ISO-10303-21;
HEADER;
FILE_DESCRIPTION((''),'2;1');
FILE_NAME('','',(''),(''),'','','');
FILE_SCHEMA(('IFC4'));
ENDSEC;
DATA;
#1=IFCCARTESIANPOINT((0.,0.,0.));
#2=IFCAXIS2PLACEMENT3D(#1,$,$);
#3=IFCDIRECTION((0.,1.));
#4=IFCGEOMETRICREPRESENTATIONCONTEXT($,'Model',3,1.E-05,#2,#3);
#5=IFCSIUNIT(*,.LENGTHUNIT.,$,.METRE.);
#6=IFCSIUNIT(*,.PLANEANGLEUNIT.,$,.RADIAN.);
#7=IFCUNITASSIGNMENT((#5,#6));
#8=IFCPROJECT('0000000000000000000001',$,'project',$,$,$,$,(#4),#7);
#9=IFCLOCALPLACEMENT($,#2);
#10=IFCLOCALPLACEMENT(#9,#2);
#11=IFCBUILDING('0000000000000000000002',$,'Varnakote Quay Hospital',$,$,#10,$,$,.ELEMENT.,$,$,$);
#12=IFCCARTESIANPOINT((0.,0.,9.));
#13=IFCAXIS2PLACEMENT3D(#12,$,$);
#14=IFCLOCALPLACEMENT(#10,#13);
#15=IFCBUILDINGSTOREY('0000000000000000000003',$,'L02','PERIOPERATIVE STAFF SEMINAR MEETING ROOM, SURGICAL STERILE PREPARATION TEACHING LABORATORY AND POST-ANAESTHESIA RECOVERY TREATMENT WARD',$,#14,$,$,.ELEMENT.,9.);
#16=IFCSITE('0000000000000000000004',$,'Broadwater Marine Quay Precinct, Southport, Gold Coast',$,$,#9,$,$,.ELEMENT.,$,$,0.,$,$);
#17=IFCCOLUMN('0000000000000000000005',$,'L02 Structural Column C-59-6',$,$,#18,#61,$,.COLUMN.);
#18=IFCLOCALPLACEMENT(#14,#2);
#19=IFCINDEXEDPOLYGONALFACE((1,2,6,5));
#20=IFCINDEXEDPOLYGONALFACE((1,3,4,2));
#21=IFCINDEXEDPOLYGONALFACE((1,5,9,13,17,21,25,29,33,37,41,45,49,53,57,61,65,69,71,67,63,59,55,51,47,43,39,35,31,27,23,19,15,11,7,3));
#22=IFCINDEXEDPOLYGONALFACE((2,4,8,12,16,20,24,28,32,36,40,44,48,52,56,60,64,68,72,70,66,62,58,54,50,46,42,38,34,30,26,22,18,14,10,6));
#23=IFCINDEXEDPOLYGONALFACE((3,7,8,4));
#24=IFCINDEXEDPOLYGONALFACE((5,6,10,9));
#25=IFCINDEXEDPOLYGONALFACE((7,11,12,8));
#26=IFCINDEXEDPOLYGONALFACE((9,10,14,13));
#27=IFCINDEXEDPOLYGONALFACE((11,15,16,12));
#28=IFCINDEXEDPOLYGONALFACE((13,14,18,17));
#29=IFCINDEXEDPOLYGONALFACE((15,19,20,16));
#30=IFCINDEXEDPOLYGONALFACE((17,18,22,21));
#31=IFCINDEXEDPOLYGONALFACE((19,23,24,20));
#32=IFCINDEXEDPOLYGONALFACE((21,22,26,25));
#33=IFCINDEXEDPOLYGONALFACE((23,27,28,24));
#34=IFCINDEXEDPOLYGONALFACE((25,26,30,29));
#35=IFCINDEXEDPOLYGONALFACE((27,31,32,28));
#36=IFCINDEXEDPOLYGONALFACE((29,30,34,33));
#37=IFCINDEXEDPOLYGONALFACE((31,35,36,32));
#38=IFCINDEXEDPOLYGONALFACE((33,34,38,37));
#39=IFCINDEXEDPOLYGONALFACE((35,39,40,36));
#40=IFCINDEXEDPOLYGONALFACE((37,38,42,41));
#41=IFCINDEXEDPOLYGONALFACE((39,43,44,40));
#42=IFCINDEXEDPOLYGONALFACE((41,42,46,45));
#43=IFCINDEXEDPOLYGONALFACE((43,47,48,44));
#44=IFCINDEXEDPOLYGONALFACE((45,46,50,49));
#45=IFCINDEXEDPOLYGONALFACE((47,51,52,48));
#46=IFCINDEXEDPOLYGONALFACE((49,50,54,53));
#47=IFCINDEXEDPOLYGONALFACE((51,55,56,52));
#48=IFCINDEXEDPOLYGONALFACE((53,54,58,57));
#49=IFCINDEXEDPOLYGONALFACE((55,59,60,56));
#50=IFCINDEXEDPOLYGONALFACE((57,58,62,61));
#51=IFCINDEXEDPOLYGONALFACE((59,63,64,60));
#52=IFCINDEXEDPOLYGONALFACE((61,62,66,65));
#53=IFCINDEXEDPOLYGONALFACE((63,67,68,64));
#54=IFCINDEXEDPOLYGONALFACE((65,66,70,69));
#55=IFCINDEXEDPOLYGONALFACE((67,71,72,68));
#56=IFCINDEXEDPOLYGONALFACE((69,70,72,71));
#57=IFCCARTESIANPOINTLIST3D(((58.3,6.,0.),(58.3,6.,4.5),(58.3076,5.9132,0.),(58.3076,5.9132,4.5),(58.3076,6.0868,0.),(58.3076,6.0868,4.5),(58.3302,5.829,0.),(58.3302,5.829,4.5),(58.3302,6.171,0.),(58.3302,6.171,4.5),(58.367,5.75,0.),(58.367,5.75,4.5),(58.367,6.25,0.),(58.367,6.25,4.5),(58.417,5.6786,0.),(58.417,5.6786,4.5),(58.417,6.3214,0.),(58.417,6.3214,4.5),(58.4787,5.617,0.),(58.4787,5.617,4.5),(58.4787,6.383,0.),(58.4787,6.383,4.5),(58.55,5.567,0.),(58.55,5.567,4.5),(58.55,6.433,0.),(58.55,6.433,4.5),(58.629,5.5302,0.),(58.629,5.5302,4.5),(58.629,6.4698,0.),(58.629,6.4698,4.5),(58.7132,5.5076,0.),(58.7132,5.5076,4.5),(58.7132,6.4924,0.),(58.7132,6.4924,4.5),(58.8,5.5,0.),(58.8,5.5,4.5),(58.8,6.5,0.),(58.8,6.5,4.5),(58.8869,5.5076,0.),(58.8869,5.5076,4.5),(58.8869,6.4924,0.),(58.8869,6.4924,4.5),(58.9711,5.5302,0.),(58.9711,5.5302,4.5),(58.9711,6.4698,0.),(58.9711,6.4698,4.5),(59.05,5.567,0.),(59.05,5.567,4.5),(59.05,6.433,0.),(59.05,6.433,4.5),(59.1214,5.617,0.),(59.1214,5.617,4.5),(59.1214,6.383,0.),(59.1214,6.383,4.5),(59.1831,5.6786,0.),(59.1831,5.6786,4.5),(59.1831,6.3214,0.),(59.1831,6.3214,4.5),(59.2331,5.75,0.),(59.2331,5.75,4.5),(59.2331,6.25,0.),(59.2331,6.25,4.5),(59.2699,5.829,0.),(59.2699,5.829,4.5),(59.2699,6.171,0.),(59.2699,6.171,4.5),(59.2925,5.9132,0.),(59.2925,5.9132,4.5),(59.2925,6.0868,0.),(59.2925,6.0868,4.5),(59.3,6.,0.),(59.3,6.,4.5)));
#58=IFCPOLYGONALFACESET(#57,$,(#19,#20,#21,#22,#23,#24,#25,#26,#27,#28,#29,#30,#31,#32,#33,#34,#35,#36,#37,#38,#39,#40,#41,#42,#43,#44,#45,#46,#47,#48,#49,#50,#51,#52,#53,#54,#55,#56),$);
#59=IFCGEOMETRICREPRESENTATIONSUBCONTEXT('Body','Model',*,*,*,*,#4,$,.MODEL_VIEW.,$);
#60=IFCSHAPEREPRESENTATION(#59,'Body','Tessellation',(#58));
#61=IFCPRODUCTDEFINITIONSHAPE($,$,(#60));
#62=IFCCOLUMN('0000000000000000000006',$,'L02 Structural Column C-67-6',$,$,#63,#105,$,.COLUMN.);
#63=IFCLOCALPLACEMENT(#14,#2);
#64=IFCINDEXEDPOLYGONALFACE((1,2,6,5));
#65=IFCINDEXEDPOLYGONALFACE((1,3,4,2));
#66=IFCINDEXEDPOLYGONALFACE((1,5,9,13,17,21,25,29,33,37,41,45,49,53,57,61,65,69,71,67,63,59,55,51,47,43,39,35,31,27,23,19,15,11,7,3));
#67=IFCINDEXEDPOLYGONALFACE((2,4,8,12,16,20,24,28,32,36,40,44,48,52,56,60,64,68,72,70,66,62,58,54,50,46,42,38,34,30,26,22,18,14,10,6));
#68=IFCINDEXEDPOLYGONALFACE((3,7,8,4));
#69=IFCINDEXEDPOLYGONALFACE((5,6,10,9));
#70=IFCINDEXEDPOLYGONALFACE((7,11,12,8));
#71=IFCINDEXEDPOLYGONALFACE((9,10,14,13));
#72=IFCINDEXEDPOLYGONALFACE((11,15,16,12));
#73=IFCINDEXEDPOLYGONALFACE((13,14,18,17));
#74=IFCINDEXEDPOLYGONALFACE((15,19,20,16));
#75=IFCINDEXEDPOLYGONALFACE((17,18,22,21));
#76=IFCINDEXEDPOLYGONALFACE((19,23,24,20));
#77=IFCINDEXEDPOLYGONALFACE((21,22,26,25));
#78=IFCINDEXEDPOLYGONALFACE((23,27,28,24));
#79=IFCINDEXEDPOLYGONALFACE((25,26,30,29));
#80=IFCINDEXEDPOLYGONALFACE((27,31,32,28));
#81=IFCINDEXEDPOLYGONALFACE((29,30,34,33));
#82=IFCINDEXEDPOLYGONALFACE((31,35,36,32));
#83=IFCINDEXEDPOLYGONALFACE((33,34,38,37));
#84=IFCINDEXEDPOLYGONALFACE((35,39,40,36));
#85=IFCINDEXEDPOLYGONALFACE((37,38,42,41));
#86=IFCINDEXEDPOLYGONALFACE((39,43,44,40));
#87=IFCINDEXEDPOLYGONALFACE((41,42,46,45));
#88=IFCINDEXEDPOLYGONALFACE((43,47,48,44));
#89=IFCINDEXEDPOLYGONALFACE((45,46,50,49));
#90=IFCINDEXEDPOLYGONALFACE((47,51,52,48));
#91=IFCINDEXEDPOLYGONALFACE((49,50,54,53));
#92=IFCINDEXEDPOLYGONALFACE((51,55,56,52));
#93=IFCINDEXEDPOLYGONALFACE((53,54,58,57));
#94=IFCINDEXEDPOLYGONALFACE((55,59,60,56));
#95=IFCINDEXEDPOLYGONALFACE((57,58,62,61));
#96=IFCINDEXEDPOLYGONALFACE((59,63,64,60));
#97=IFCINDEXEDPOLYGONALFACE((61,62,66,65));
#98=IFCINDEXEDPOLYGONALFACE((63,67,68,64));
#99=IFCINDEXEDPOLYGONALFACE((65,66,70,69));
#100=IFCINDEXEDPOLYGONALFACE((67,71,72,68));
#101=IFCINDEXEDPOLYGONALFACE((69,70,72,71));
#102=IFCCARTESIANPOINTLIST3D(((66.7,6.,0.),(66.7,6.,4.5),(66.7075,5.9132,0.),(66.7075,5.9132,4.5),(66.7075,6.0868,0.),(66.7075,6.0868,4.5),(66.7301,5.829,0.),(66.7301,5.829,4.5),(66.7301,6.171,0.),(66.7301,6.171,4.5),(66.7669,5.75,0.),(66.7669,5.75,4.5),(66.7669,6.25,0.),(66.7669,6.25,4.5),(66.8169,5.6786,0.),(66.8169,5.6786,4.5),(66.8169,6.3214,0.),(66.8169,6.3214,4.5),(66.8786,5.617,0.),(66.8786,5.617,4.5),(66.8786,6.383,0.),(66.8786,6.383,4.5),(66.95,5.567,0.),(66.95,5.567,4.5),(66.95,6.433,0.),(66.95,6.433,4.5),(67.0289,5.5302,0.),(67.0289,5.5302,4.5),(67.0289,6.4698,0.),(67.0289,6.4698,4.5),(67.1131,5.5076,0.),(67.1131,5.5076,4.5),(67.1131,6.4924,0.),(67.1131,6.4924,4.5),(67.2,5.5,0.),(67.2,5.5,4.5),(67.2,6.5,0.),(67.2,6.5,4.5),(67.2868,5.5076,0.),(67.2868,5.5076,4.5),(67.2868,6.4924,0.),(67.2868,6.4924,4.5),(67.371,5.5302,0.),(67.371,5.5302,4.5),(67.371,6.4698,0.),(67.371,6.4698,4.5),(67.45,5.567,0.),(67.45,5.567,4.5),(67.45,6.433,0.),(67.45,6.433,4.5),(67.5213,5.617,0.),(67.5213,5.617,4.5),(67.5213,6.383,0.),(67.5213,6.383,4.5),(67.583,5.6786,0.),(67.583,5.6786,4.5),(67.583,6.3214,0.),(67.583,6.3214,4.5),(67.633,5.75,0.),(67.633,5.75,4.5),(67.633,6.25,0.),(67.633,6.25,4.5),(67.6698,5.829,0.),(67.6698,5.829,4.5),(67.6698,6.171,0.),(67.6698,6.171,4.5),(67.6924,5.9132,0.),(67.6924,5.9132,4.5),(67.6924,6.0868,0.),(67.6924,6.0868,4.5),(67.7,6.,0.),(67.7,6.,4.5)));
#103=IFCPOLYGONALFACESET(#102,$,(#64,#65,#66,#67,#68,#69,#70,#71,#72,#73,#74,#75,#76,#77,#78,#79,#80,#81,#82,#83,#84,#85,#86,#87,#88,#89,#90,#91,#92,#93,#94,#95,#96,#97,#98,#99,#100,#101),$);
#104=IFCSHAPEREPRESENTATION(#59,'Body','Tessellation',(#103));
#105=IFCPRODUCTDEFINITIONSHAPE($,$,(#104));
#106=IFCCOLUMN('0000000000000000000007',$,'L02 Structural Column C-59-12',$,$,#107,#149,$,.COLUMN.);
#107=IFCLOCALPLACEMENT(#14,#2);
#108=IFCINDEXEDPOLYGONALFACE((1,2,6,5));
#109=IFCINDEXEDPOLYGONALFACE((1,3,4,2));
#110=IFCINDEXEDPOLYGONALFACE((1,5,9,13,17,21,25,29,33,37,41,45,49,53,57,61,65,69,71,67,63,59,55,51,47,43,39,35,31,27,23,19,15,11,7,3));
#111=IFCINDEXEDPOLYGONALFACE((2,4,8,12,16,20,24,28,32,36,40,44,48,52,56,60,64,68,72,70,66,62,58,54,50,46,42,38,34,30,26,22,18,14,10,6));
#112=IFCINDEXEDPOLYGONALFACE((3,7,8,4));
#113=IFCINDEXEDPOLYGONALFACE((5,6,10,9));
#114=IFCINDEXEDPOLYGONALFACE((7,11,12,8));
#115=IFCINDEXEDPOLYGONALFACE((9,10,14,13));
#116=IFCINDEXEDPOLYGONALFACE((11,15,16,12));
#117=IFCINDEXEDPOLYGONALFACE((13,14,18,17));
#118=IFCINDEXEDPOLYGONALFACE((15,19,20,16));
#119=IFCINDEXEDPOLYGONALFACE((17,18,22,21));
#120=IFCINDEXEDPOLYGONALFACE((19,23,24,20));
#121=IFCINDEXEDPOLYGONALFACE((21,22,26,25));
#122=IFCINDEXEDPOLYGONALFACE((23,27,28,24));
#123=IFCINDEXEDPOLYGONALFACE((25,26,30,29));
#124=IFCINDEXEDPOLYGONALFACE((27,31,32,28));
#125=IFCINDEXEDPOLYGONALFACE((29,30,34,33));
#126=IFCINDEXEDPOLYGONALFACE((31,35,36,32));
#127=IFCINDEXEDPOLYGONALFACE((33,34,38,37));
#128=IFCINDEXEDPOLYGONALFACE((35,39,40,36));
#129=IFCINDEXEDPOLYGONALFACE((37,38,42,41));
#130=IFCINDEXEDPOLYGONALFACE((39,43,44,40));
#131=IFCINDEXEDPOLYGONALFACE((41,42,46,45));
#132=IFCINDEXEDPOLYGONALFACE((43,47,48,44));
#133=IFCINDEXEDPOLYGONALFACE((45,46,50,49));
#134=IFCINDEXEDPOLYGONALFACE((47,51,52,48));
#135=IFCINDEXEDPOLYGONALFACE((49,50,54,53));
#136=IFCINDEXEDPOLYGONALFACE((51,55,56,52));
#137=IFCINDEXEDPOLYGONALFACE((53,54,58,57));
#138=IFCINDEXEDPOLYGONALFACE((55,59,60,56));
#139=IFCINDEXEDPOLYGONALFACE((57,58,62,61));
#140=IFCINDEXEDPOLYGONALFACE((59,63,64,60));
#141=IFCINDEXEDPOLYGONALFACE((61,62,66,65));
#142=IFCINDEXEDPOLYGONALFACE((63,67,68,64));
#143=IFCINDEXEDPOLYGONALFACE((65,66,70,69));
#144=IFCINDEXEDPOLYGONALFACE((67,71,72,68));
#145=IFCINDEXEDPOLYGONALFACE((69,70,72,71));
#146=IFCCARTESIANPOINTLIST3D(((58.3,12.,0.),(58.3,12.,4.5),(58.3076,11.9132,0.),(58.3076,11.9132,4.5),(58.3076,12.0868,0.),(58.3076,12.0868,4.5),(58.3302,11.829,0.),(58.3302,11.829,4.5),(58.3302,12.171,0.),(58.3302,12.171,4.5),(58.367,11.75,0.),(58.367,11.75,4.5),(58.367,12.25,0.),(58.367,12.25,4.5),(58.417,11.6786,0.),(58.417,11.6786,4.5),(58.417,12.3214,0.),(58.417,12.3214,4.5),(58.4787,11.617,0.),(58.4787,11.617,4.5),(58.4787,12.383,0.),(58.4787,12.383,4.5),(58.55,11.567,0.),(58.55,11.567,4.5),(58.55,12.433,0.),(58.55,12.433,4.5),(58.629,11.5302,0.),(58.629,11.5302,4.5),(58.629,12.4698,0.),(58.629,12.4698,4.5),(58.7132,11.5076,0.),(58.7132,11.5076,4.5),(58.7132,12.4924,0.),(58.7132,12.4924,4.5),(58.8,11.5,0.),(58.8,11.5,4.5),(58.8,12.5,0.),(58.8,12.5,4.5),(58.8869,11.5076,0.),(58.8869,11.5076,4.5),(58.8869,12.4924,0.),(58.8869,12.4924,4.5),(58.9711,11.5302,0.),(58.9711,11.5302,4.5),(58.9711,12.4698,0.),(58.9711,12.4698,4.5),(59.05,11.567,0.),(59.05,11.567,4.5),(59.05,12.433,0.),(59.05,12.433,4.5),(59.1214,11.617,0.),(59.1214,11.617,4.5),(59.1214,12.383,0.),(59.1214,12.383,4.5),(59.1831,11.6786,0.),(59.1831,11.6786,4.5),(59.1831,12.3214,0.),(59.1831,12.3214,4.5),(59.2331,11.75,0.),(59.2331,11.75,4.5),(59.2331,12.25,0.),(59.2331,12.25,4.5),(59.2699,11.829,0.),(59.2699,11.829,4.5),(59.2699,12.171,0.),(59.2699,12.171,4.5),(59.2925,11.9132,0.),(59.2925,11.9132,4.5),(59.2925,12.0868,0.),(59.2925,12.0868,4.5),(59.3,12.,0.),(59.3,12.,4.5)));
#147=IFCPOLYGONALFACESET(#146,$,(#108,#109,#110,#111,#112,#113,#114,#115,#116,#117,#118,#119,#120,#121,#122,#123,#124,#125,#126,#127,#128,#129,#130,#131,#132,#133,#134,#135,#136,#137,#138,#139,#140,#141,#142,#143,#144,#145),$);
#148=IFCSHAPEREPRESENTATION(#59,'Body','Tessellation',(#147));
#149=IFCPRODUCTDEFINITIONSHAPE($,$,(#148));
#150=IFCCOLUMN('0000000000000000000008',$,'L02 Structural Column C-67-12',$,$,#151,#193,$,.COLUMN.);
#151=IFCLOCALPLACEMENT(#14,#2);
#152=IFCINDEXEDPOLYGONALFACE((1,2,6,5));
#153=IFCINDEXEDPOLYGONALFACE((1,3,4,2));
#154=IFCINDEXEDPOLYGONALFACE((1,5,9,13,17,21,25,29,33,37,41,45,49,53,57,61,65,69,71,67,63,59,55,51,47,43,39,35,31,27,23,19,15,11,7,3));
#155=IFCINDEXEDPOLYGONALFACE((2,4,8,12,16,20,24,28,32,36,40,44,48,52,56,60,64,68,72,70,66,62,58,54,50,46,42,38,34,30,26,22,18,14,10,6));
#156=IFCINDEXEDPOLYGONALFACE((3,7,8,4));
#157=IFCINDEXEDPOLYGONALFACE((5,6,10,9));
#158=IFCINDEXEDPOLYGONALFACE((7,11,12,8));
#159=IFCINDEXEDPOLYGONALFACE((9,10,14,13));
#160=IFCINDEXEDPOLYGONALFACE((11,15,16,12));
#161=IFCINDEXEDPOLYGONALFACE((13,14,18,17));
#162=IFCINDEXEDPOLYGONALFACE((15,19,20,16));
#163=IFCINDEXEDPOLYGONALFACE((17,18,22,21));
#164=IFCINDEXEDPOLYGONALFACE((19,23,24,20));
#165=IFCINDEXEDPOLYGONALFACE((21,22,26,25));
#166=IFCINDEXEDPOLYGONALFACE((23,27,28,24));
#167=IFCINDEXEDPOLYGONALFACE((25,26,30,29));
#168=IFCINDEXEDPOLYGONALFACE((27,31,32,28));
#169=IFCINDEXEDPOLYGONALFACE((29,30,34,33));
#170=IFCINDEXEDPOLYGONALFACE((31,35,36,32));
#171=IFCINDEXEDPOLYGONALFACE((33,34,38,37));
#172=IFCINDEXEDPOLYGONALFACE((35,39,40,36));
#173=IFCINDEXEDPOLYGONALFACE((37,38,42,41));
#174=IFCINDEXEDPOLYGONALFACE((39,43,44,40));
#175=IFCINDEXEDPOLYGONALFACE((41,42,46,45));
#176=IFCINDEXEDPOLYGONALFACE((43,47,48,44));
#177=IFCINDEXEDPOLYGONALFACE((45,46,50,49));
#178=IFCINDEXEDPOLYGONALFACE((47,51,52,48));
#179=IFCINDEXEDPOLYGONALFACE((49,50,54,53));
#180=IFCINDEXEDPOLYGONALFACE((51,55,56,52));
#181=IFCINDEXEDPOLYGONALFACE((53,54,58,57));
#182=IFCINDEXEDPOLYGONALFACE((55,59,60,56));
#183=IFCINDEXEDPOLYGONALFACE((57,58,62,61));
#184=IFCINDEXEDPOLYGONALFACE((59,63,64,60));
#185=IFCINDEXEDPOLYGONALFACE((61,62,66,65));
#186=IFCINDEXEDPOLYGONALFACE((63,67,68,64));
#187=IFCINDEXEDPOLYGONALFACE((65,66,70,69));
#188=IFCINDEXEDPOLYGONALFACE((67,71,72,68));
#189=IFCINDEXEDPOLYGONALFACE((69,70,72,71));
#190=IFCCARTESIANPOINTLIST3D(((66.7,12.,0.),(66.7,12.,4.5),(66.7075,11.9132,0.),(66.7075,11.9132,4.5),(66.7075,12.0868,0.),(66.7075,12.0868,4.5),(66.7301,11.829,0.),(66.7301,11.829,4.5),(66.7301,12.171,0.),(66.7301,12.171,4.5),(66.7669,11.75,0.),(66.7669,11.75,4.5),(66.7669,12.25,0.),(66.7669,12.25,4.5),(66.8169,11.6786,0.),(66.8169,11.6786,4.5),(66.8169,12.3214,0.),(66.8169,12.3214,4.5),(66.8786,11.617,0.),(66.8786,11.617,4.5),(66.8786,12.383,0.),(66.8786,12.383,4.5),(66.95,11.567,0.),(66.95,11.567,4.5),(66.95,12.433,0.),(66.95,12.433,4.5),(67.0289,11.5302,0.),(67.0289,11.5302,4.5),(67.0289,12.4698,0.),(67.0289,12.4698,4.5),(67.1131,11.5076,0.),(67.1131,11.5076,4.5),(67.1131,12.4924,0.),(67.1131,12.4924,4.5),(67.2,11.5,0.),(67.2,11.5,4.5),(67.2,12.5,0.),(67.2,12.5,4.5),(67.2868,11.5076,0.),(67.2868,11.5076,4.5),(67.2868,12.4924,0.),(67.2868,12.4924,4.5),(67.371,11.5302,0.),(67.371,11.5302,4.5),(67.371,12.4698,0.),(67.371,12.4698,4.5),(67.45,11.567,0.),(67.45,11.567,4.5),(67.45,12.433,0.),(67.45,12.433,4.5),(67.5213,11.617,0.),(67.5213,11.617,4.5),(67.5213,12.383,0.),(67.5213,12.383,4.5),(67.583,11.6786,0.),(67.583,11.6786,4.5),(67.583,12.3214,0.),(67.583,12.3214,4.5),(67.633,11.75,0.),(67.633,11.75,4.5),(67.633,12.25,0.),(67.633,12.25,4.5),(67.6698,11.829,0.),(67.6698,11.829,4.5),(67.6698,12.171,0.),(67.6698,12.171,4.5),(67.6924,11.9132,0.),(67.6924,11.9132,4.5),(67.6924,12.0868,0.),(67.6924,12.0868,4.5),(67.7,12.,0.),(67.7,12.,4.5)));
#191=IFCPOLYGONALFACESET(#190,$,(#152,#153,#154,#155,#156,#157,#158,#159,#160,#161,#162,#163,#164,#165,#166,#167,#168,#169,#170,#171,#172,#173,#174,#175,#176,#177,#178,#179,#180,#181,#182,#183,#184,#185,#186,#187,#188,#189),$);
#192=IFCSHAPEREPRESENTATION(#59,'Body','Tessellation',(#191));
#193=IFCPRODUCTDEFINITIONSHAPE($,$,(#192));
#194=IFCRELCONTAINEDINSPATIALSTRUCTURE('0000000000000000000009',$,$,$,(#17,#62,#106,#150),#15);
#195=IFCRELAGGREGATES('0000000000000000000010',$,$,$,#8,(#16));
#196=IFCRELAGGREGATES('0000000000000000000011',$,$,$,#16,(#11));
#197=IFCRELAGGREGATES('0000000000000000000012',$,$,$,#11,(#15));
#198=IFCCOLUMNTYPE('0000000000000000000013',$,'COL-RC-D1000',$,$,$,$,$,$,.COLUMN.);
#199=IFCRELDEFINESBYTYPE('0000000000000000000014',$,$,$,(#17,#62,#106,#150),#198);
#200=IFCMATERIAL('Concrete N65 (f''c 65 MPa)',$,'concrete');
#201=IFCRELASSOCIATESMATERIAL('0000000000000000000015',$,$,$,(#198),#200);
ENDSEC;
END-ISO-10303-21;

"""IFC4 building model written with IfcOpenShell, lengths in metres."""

from ifc_helpers import new_model, si_unit, direction, frame, origin, origin_2d, place, context, subcontext, project, spatial, circle, extrude, material, material_profile, profile_set, type_object, element, save


model = new_model("IFC4")

# Units and contexts
model_context = context("Model", 3, precision=1e-05, world=origin(), true_north=direction((0.0, 1.0)))
body_context = subcontext(model_context, "Body", "Model", "MODEL_VIEW")
ifc_project = project(units=[si_unit("LENGTHUNIT", "METRE"), si_unit("PLANEANGLEUNIT", "RADIAN")], contexts=[model_context])

# Site, building, storey
site_placement = place(None, origin())
site = spatial("IfcSite", under=ifc_project, at=site_placement, Name="Broadwater Marine Quay Precinct, Southport, Gold Coast", CompositionType="ELEMENT", RefElevation=0.0)
building_placement = place(site_placement, origin())
building = spatial("IfcBuilding", under=site, at=building_placement, Name="Varnakote Quay Hospital", CompositionType="ELEMENT")
storey_placement = place(building_placement, frame((0.0, 0.0, 9.0)))
storey = spatial("IfcBuildingStorey", under=building, at=storey_placement, Name="L02", Description="PERIOPERATIVE STAFF SEMINAR MEETING ROOM, SURGICAL STERILE PREPARATION TEACHING LABORATORY AND POST-ANAESTHESIA RECOVERY TREATMENT WARD", CompositionType="ELEMENT", Elevation=9.0)

# Columns
ifc_material_1 = material(Name="Concrete N65 (f'c 65 MPa)", Category="concrete")
ifc_material_profile_1 = material_profile(ifc_material_1, circle(Radius=0.5, at=origin_2d()), Name="RC-COL-D1000")
ifc_profile_set_1 = profile_set([ifc_material_profile_1], Name="Concrete N65 (f'c 65 MPa)")
column_type = type_object("IfcColumnType", Name="COL-RC-D1000", PredefinedType="COLUMN", material=ifc_profile_set_1)
for number, where, z_axis, x_axis, name in (
    (1, (58.8, 6.0, 0.0), (0.0, 0.0, 1.0), (1.0, 0.0, 0.0), "L02 Structural Column C-59-6"),
    (2, (67.2, 6.0, 0.0), (0.0, 0.0, 1.0), (1.0, 0.0, 0.0), "L02 Structural Column C-67-6"),
    (3, (58.8, 12.0, 0.0), (0.0, 0.0, 1.0), (1.0, 0.0, 0.0), "L02 Structural Column C-59-12"),
    (4, (67.2, 12.0, 0.0), (0.0, 0.0, 1.0), (1.0, 0.0, 0.0), "L02 Structural Column C-67-12"),
):
    element("IfcColumn", number, at=place(storey_placement, frame(where, z_axis=z_axis, x_axis=x_axis)), inside=storey, type_object=column_type, Name=name, PredefinedType="COLUMN", context=body_context, shape_type="SweptSolid", body=[
        extrude(circle(Radius=0.5, at=origin_2d()), origin(), (0.0, 0.0, 1.0), 4.5),
    ])

save(model, "model.ifc")
